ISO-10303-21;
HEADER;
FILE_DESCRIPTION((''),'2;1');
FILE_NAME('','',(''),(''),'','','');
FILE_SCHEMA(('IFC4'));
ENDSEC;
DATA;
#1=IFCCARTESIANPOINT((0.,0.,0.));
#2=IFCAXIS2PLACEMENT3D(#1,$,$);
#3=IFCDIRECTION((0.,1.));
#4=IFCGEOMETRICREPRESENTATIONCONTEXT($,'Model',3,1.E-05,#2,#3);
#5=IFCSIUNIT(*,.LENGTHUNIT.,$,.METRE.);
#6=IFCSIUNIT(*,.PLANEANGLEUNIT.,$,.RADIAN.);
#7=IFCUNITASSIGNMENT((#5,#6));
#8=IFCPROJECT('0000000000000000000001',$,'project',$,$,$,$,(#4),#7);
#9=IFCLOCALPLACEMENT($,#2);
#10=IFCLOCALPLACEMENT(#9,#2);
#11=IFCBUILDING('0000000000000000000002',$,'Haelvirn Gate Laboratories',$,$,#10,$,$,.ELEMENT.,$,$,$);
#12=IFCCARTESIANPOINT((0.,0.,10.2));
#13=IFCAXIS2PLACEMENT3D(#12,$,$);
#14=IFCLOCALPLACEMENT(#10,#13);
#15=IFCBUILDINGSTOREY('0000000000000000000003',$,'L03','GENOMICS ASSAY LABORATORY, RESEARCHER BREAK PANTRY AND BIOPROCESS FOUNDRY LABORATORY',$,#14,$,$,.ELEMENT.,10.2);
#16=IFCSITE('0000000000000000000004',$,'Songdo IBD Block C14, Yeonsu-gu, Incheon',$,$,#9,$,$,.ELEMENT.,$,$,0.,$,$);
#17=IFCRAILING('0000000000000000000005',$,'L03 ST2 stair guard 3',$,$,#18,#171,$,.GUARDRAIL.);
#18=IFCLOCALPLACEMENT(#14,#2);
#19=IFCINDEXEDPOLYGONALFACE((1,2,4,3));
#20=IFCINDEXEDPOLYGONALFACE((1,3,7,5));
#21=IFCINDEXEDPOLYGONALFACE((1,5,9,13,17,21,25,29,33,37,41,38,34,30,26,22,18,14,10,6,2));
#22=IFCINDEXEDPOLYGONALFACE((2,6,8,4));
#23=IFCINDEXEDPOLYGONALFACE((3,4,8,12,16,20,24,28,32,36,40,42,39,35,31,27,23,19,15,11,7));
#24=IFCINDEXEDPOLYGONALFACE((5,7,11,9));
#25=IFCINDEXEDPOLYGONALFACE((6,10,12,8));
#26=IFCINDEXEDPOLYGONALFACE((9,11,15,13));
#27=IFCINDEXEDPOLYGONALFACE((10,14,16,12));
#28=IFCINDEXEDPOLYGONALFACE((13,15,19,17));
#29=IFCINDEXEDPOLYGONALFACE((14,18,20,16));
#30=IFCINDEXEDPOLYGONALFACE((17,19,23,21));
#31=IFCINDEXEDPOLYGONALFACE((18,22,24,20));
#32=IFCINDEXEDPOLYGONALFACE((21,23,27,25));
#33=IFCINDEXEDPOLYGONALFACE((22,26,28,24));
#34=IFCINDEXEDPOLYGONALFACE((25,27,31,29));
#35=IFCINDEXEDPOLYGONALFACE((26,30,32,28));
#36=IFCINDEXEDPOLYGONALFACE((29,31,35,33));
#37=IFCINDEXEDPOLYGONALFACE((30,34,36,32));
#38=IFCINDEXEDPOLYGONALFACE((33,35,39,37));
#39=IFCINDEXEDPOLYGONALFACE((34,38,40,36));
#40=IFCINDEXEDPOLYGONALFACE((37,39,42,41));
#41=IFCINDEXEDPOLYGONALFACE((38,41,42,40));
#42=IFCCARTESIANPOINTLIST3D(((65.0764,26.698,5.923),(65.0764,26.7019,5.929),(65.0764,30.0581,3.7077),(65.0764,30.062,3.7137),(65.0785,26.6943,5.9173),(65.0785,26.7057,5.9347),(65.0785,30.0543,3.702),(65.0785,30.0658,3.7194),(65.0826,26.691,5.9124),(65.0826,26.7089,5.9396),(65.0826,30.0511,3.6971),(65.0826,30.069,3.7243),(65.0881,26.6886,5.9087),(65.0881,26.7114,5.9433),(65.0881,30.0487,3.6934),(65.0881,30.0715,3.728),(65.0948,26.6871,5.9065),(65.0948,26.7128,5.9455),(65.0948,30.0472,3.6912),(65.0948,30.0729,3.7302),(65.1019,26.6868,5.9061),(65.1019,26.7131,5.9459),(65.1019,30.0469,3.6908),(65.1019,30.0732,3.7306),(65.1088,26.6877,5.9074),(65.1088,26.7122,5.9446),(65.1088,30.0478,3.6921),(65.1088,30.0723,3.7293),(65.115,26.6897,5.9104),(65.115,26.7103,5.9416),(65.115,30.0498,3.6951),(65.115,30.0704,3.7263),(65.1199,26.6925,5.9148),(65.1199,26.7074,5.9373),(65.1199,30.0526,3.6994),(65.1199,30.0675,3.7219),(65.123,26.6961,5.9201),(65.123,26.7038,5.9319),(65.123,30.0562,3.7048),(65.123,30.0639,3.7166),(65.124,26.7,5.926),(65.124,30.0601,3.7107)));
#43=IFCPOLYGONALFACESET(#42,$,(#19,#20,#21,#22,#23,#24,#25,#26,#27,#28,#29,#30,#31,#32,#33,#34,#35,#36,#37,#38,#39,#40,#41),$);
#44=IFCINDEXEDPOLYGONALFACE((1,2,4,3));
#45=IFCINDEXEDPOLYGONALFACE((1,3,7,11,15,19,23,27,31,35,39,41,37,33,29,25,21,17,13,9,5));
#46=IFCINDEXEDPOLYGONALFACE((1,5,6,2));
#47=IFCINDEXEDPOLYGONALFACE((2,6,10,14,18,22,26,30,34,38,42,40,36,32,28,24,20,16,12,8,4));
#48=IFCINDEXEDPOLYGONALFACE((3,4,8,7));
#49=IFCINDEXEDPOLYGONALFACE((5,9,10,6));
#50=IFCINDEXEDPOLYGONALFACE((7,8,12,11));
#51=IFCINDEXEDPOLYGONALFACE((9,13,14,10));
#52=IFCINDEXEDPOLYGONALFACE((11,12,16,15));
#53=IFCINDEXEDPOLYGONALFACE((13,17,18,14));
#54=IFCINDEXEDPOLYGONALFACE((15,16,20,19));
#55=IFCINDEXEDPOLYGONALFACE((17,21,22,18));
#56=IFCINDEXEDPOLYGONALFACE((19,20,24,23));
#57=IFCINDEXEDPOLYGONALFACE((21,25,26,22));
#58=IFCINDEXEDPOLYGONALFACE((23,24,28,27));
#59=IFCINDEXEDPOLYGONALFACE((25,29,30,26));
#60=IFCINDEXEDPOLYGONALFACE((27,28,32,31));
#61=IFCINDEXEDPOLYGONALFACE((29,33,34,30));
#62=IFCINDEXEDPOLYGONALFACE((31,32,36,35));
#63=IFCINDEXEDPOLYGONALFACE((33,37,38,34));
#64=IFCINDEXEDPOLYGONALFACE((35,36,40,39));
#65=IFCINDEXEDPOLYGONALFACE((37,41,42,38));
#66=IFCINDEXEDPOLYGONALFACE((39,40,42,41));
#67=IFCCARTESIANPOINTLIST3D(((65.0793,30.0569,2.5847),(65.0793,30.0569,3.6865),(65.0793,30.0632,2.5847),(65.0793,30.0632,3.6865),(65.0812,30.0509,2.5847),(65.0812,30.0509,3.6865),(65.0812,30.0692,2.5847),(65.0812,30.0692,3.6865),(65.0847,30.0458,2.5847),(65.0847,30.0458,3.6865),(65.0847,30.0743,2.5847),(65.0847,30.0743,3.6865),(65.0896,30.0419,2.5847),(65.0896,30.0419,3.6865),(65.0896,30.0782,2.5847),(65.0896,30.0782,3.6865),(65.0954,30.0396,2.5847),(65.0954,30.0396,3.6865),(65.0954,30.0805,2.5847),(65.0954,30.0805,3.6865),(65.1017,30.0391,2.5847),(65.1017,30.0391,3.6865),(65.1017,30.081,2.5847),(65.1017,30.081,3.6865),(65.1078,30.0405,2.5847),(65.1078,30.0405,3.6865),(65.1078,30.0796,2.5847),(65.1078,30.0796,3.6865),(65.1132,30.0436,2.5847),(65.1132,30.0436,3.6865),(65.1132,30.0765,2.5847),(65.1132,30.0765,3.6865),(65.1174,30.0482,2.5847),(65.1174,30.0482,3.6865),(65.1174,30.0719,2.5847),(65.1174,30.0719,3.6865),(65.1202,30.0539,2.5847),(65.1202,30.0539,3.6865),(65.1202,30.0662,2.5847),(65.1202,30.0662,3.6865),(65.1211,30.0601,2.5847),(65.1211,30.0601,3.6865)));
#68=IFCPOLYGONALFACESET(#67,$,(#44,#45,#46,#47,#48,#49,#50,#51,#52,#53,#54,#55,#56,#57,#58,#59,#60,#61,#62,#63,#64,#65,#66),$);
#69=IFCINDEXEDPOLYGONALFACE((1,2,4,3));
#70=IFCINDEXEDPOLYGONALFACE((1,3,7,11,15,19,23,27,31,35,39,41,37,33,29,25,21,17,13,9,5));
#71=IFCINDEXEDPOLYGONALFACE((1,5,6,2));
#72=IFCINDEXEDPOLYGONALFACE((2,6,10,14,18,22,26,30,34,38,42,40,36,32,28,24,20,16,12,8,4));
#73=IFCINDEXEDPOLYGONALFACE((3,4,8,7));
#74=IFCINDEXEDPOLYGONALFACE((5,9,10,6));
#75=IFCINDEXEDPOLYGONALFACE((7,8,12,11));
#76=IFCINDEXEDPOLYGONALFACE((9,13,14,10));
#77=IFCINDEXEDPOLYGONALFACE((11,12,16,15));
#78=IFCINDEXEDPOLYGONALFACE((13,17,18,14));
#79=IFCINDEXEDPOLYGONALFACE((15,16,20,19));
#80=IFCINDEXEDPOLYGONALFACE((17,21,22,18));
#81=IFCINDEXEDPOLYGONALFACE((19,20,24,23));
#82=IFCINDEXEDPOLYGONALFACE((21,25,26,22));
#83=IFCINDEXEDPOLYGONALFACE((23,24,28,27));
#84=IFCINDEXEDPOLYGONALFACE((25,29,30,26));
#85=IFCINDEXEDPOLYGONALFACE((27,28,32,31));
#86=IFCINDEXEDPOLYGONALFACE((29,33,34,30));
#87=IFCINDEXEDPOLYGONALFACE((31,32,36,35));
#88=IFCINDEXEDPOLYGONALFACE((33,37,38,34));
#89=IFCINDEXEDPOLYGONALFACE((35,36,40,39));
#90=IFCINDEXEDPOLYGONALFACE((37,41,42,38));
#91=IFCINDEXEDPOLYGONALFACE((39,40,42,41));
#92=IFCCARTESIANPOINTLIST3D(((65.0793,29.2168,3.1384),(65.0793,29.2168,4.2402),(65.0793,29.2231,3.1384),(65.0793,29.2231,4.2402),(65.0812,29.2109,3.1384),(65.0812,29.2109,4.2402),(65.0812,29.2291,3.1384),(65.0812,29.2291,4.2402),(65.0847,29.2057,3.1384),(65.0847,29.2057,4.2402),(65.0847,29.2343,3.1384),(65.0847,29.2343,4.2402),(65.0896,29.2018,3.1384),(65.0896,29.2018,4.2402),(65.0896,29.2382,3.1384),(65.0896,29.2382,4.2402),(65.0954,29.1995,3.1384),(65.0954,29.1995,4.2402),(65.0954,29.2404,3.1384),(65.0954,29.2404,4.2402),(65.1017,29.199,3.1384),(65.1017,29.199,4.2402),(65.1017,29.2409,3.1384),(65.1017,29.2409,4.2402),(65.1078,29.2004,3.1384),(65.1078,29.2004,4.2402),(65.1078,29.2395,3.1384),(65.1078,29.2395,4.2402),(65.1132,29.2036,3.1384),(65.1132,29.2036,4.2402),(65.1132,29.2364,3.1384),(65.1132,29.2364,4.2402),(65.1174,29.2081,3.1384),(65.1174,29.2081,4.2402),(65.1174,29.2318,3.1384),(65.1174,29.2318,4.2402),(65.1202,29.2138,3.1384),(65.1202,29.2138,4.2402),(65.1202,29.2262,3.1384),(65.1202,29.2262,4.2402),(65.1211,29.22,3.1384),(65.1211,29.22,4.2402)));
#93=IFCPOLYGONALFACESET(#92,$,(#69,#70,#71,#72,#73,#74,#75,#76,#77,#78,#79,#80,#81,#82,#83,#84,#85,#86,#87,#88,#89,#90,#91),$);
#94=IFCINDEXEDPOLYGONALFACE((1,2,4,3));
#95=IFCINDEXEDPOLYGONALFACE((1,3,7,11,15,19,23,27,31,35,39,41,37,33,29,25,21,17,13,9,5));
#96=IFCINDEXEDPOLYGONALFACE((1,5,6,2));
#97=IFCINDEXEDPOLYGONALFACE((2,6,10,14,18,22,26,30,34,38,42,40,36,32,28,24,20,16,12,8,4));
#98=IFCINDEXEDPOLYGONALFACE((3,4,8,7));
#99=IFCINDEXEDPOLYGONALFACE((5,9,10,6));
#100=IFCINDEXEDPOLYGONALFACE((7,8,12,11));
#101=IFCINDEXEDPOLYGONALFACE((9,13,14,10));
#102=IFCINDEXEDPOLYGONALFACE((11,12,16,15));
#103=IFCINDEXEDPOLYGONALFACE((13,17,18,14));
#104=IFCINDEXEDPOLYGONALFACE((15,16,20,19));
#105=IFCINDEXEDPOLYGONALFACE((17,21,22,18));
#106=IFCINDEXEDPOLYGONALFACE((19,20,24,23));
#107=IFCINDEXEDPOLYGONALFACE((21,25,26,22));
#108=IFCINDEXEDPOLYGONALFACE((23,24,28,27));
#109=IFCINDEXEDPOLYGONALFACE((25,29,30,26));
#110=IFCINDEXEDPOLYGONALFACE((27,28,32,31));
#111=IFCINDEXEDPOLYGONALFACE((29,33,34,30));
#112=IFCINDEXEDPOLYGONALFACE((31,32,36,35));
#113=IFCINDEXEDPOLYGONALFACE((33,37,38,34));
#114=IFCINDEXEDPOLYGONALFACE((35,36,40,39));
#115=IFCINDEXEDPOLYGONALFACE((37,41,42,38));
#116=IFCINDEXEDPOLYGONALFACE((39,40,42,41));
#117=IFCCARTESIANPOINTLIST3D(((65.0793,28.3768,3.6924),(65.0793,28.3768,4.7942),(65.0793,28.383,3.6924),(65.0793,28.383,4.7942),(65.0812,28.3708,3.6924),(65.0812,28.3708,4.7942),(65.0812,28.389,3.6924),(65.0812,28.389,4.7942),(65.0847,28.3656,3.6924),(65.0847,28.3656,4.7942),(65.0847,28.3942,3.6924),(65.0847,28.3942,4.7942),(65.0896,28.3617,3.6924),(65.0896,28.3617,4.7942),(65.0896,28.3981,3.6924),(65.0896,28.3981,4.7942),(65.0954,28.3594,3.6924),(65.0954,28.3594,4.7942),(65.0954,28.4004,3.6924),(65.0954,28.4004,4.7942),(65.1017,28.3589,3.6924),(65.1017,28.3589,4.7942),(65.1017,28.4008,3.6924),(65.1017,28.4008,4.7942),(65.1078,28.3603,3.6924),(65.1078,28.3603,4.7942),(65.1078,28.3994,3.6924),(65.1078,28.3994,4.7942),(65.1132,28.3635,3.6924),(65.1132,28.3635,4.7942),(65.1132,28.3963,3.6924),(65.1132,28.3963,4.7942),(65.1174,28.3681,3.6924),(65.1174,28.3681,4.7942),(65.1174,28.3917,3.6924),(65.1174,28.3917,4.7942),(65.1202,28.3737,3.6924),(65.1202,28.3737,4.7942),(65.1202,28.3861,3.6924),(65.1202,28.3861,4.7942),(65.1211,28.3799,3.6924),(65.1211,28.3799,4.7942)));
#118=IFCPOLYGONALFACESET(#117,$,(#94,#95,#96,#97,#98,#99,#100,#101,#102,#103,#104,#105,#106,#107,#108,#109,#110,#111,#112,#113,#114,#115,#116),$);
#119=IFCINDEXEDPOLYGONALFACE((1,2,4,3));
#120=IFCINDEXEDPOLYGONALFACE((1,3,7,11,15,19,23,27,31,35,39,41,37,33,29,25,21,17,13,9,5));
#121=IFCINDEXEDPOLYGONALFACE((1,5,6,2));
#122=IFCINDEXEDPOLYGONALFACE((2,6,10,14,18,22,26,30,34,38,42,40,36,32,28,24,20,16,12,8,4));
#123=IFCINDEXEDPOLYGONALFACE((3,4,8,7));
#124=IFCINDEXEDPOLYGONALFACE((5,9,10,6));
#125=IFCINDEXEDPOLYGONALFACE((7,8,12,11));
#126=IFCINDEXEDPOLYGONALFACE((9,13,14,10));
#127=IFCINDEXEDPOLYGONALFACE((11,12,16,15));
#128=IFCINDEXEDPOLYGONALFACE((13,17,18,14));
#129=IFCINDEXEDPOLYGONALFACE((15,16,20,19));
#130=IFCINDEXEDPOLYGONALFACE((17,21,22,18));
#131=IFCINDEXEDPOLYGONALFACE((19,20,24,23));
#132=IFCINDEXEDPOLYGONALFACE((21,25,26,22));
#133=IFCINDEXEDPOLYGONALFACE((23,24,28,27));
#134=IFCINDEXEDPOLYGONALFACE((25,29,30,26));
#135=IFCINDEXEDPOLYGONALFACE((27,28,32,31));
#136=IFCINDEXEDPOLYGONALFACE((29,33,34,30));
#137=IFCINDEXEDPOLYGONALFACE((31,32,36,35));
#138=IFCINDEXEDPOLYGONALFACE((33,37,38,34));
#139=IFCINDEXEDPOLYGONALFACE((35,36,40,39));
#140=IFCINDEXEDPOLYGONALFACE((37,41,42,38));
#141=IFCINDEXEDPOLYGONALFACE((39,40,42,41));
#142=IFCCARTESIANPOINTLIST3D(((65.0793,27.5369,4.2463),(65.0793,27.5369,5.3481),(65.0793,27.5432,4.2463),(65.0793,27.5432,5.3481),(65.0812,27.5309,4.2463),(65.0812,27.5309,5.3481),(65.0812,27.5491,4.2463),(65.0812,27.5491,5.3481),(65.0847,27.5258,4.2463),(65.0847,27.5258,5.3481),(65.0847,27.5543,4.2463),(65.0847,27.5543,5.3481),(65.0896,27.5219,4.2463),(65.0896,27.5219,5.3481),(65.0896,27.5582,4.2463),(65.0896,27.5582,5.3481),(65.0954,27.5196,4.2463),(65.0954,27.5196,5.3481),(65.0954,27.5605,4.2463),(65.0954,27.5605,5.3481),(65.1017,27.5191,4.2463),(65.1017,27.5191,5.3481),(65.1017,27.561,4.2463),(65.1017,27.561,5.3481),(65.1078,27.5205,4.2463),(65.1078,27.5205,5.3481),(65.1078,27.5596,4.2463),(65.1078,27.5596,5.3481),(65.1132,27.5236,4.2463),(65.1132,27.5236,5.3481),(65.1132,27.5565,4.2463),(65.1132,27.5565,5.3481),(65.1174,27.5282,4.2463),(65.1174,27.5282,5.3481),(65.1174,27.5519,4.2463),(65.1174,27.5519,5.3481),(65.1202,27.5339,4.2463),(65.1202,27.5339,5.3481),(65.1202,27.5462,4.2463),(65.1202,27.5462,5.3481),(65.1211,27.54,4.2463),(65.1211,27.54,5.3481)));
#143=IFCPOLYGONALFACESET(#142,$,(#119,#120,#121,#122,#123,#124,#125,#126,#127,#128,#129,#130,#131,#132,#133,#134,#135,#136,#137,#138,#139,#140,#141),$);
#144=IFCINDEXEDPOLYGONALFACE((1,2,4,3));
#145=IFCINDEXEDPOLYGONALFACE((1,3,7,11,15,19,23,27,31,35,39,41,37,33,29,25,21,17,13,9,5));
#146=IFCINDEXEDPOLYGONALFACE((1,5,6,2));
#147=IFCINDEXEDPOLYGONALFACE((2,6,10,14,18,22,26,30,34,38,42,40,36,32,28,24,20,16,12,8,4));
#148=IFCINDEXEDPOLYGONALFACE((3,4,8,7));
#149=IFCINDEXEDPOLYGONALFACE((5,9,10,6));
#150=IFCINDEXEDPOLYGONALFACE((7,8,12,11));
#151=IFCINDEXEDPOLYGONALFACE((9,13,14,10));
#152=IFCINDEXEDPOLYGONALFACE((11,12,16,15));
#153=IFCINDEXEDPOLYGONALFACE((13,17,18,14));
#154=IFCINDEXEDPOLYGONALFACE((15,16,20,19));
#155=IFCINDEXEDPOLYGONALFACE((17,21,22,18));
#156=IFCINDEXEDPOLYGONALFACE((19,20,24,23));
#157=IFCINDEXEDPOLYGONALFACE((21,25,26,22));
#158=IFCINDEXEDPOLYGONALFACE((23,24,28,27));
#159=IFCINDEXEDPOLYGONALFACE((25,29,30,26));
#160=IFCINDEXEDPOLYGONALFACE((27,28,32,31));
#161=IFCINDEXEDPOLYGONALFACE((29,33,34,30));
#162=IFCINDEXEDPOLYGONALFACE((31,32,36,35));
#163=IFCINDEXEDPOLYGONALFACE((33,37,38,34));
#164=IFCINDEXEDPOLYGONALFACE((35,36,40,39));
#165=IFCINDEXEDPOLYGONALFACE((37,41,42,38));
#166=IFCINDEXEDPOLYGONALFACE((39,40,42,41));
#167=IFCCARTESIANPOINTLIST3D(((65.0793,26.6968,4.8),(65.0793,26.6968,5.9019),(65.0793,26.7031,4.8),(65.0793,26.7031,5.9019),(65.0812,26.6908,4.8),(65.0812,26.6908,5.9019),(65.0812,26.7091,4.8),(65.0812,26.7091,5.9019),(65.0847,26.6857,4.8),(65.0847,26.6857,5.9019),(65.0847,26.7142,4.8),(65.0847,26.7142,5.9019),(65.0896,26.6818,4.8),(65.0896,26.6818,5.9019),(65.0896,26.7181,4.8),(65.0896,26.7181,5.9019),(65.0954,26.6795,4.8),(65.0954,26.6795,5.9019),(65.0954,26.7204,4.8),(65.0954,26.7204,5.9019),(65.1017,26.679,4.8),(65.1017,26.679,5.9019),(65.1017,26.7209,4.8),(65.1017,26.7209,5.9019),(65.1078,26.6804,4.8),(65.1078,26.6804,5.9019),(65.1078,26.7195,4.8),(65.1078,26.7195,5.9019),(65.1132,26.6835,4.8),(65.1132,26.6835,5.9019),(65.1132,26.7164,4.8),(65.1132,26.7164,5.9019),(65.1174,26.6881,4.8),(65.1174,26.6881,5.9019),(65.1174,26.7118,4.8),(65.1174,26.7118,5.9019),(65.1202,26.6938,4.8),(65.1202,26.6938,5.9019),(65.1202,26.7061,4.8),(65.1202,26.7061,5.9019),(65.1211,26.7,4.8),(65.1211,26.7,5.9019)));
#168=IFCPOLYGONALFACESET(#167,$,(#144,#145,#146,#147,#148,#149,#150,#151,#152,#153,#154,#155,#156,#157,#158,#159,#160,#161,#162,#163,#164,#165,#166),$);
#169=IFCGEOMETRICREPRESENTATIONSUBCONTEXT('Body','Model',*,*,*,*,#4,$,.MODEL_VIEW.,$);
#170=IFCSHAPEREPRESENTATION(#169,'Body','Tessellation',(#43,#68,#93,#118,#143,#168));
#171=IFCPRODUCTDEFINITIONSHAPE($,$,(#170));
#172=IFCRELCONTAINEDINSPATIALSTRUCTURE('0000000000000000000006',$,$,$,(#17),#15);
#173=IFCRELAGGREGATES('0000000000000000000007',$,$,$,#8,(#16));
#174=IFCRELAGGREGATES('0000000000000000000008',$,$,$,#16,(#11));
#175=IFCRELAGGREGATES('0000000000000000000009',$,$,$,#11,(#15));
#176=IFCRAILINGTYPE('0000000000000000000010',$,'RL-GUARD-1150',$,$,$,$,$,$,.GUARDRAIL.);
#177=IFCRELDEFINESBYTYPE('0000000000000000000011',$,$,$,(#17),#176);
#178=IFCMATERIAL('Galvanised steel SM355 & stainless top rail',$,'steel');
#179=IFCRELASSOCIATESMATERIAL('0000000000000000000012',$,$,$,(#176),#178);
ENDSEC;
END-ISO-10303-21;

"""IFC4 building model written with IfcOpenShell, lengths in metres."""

from ifc_helpers import new_model, si_unit, direction, frame, origin, origin_2d, place, context, subcontext, project, spatial, circle, extrude, source, transform, mapped, material, type_object, element, save


model = new_model("IFC4")

# Units and contexts
model_context = context("Model", 3, precision=1e-05, world=origin(), true_north=direction((0.0, 1.0)))
body_context = subcontext(model_context, "Body", "Model", "MODEL_VIEW")
ifc_project = project(units=[si_unit("LENGTHUNIT", "METRE"), si_unit("PLANEANGLEUNIT", "RADIAN")], contexts=[model_context])

# Site, building, storey
site_placement = place(None, origin())
site = spatial("IfcSite", under=ifc_project, at=site_placement, Name="Songdo IBD Block C14, Yeonsu-gu, Incheon", CompositionType="ELEMENT", RefElevation=0.0)
building_placement = place(site_placement, origin())
building = spatial("IfcBuilding", under=site, at=building_placement, Name="Haelvirn Gate Laboratories", CompositionType="ELEMENT")
storey_placement = place(building_placement, frame((0.0, 0.0, 10.2)))
storey = spatial("IfcBuildingStorey", under=building, at=storey_placement, Name="L03", Description="GENOMICS ASSAY LABORATORY, RESEARCHER BREAK PANTRY AND BIOPROCESS FOUNDRY LABORATORY", CompositionType="ELEMENT", Elevation=10.2)

# Railing
ifc_material_1 = material(Name="Galvanised steel SM355 & stainless top rail", Category="steel")
railing_type_1 = type_object("IfcRailingType", Name="RL-GUARD-1150", PredefinedType="GUARDRAIL", material=ifc_material_1)
shared_shape_1 = source(origin(), body_context, "Body", "SweptSolid", [
    extrude(circle(Radius=0.0239, at=origin_2d()), frame((0.0, 0.0, 1.126), z_axis=(0.0, -0.834876, 0.550437), x_axis=(1.0, 0.0, 0.0)), (0.0, 0.0, 1.0), 4.0247),
    extrude(circle(Radius=0.021, at=origin_2d()), origin(), (0.0, 0.0, 1.0), 1.1018),
    extrude(circle(Radius=0.021, at=origin_2d()), frame((0.0, -0.8401, 0.5537)), (0.0, 0.0, 1.0), 1.1018),
    extrude(circle(Radius=0.021, at=origin_2d()), frame((0.0, -1.6802, 1.1077)), (0.0, 0.0, 1.0), 1.1018),
    extrude(circle(Radius=0.021, at=origin_2d()), frame((0.0, -2.52, 1.6616)), (0.0, 0.0, 1.0), 1.1018),
    extrude(circle(Radius=0.021, at=origin_2d()), frame((0.0, -3.3601, 2.2153)), (0.0, 0.0, 1.0), 1.1018),
])
railing_1_placement = place(storey_placement, frame((65.1001, 30.0601, 2.5847)))
element("IfcRailing", 1, at=railing_1_placement, inside=storey, type_object=railing_type_1, Name="L03 ST2 stair guard 3", PredefinedType="GUARDRAIL", context=body_context, shape_type="MappedRepresentation", body=[
    mapped(shared_shape_1, transform((0.0, 0.0, 0.0), scale=1.0)),
])

save(model, "model.ifc")
